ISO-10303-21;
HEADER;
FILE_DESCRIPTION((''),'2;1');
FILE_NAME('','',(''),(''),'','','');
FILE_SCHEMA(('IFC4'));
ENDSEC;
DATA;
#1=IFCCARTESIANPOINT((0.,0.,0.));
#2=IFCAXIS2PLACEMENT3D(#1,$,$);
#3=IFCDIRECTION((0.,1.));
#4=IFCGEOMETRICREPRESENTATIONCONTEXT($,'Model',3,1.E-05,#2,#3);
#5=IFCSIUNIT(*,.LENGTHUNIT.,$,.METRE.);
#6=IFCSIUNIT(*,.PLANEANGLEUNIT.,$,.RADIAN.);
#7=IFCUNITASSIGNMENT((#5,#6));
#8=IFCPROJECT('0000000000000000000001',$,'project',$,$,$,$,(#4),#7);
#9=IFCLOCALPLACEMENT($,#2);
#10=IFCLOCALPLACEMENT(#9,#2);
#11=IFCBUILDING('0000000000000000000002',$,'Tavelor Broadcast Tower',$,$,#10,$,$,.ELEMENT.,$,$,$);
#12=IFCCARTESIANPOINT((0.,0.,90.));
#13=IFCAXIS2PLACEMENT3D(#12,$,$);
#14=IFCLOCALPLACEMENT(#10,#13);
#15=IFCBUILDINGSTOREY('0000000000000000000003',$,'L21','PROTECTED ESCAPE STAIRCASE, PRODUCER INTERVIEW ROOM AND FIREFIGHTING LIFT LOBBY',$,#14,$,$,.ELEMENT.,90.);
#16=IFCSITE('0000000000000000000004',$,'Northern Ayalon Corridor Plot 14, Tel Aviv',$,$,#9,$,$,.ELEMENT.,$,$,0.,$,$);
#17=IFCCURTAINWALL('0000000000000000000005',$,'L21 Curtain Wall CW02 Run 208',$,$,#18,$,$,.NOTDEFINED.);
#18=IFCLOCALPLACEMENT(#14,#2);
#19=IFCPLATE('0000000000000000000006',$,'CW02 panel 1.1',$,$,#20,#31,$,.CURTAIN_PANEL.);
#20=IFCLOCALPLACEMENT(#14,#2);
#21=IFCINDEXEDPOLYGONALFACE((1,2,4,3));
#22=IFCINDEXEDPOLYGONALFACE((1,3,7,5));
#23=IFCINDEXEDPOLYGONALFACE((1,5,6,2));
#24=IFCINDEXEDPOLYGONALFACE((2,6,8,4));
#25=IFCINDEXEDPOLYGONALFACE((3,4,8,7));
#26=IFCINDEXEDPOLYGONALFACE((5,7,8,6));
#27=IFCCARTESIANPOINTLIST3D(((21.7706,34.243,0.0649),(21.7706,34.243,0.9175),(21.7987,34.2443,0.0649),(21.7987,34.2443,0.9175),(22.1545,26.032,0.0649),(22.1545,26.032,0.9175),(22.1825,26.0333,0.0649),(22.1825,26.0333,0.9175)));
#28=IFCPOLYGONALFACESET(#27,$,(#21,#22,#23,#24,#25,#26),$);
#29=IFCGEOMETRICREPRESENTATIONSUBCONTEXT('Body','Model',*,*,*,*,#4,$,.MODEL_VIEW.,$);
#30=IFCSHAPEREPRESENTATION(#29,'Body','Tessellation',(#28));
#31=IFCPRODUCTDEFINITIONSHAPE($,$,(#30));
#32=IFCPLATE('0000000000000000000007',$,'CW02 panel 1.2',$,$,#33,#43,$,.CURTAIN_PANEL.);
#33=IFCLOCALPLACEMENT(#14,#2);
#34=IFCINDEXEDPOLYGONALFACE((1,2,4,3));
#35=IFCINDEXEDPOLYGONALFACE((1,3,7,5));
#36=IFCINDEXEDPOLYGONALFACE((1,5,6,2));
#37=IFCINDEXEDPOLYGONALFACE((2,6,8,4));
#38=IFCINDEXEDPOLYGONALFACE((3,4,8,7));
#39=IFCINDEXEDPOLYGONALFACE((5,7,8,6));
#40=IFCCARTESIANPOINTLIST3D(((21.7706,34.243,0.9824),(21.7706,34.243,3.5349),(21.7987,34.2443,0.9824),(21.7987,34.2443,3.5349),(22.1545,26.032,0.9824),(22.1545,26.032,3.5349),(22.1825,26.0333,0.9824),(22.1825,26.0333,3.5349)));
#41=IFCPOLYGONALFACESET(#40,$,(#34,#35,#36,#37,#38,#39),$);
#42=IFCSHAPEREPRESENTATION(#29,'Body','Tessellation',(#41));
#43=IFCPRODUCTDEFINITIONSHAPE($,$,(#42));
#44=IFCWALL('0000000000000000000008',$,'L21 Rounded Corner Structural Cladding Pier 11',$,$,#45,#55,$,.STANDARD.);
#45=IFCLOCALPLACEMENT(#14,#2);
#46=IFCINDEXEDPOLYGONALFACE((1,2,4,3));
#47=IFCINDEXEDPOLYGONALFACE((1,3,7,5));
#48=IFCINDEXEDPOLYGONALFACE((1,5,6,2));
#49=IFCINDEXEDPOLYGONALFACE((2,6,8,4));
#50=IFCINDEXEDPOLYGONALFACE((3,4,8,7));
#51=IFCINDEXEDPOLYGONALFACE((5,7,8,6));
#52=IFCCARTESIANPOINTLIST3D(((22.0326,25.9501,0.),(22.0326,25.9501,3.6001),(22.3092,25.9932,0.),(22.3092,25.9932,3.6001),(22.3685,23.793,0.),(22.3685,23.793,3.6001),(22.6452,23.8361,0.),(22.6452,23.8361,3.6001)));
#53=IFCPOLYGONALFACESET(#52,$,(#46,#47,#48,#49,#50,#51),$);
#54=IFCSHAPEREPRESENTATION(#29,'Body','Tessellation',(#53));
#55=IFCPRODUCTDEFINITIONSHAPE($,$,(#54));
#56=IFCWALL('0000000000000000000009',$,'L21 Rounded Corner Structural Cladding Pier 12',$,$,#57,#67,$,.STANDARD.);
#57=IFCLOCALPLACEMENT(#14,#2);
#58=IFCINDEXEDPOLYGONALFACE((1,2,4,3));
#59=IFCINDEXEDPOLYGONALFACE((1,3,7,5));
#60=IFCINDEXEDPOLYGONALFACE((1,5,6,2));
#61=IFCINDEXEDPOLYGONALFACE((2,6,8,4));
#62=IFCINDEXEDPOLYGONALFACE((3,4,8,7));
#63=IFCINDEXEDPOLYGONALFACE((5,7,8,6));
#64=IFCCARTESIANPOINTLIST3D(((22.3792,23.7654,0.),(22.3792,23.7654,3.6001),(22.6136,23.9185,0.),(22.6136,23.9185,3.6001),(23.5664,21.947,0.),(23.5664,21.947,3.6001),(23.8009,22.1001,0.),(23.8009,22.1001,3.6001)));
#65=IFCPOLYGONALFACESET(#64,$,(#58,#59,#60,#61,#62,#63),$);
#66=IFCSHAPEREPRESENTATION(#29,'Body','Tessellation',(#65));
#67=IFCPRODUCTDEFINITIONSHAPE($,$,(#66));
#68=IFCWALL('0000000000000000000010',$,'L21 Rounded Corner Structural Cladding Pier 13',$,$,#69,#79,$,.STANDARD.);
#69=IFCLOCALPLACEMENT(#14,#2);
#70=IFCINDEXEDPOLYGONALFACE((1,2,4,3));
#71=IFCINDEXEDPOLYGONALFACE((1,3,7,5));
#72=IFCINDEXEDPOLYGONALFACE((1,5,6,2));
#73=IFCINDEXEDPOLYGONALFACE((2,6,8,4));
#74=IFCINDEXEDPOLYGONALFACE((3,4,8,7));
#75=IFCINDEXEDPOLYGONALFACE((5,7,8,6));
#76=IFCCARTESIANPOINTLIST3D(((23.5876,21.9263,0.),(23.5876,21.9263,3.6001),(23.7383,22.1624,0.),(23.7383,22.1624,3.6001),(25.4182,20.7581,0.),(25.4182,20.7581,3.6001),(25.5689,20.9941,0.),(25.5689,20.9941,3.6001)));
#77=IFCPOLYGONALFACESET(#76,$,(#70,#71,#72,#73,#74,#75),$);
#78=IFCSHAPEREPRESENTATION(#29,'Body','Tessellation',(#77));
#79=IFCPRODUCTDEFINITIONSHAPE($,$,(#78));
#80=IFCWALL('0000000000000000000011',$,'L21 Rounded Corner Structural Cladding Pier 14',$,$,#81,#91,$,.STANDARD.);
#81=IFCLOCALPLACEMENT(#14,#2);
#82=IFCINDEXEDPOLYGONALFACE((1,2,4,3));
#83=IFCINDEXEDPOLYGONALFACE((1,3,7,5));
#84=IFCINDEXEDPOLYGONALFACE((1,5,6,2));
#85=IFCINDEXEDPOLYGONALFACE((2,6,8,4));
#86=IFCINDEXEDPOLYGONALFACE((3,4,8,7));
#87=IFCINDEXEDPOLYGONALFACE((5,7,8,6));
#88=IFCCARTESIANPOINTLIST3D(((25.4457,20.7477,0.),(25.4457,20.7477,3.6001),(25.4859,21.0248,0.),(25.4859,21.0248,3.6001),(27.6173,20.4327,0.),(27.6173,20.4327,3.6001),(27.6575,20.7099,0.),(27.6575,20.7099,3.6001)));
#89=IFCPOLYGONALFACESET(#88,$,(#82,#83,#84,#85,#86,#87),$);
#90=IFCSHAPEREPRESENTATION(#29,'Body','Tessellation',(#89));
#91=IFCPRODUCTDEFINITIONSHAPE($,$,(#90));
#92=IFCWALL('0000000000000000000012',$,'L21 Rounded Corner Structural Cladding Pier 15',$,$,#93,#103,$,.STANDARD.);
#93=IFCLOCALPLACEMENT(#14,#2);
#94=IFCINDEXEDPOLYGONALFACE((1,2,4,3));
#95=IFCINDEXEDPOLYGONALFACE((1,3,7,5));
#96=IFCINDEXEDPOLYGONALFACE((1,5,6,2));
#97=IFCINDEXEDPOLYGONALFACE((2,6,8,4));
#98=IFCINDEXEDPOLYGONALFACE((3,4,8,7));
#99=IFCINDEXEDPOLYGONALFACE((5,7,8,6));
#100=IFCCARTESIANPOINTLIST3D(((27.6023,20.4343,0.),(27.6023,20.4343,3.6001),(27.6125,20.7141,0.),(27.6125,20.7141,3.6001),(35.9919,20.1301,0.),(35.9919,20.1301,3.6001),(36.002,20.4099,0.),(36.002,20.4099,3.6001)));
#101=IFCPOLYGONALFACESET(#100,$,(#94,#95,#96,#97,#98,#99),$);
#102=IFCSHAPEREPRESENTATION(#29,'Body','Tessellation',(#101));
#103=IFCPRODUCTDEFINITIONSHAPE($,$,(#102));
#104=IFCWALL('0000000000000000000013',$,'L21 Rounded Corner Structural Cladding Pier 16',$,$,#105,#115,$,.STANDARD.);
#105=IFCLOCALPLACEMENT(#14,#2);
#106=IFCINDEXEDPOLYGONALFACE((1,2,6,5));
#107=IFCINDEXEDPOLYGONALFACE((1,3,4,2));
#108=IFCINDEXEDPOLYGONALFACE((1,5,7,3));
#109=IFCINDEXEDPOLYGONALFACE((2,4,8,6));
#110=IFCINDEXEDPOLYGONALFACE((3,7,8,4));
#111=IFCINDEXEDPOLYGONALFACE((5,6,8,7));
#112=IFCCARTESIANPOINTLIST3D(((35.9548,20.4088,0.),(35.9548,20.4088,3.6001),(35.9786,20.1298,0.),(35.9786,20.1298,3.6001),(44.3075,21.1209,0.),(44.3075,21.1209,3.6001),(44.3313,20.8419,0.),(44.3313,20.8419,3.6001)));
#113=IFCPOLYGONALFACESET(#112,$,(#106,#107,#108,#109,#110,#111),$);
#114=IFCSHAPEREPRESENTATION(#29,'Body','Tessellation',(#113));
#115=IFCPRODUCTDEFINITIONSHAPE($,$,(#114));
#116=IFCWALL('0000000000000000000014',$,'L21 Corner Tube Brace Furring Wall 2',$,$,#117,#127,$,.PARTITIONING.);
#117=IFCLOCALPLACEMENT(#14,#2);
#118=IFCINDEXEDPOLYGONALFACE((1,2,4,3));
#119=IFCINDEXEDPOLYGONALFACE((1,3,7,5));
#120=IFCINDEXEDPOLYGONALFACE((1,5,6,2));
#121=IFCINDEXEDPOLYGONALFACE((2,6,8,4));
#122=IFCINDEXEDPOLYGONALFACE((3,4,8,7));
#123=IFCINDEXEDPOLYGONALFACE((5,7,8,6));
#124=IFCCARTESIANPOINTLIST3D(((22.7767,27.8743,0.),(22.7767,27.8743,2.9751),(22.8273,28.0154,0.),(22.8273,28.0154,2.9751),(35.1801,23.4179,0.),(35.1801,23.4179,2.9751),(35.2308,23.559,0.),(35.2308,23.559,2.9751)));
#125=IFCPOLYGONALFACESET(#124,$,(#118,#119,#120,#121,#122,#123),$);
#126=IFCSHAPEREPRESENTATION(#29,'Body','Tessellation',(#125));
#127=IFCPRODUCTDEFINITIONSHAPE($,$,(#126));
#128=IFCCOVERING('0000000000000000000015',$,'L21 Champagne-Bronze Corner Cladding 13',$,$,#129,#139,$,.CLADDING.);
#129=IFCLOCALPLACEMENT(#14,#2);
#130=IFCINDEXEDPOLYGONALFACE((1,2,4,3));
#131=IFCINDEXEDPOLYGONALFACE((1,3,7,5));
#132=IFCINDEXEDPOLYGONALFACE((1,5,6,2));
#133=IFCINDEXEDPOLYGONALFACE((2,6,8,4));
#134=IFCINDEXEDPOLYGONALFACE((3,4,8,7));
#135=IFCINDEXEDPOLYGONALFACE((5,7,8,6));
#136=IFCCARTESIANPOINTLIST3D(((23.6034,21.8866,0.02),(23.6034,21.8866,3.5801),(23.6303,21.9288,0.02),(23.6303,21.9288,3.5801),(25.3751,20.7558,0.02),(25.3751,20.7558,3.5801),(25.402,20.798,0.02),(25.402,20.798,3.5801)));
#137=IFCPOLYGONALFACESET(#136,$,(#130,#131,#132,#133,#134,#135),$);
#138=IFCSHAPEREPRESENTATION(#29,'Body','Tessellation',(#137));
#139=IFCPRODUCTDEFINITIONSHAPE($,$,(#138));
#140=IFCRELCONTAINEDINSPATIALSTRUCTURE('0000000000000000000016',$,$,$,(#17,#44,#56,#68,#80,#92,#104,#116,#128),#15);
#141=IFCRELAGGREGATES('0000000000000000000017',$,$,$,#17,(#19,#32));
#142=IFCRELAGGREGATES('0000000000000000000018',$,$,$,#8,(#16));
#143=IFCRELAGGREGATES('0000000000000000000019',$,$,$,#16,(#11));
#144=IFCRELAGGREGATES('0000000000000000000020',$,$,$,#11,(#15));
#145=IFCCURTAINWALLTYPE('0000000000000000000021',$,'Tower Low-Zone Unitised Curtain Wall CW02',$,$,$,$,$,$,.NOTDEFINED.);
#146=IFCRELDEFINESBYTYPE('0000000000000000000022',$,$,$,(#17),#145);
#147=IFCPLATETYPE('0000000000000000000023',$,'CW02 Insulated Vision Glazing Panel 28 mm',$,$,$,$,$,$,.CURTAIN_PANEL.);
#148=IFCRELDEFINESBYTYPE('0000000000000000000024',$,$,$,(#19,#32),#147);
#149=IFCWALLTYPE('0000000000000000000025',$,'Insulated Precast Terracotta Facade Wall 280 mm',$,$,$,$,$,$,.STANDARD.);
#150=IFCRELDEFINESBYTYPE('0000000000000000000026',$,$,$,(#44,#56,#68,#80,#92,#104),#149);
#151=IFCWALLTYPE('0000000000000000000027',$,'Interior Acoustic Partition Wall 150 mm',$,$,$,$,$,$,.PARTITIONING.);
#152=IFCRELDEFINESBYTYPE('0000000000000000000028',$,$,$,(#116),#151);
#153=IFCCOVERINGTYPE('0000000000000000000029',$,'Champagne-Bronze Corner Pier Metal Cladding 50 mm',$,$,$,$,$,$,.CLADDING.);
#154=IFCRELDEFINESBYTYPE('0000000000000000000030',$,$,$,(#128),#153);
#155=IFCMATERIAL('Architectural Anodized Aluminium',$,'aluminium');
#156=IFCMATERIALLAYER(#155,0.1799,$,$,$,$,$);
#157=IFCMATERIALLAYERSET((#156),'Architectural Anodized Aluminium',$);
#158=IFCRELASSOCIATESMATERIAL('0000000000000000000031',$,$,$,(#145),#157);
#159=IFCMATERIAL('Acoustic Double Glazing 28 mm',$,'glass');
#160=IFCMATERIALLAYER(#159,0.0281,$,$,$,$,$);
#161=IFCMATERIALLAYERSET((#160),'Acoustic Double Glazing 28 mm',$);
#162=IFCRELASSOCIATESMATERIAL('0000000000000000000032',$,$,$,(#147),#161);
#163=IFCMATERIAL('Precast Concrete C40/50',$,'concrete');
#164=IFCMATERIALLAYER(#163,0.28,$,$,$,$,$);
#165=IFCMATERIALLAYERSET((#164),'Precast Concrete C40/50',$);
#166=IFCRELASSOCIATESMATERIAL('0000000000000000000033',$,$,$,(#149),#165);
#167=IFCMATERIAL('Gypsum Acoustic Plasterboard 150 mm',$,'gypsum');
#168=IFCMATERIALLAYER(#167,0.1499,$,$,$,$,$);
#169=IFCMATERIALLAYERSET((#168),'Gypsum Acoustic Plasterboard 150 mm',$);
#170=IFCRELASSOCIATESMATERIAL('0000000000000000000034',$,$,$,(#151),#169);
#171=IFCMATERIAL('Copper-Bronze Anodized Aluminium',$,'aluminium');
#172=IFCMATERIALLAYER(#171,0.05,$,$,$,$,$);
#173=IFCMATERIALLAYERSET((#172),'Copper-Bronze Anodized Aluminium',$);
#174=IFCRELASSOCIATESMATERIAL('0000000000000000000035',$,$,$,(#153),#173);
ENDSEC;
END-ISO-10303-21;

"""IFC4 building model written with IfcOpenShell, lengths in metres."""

from ifc_helpers import new_model, si_unit, direction, frame, frame_2d, origin, origin_2d, place, context, subcontext, project, spatial, rectangle, extrude, source, transform, mapped, material, layer, layer_set, type_object, type_shapes, element, aggregate, save


model = new_model("IFC4")

# Units and contexts
model_context = context("Model", 3, precision=1e-05, world=origin(), true_north=direction((0.0, 1.0)))
body_context = subcontext(model_context, "Body", "Model", "MODEL_VIEW")
ifc_project = project(units=[si_unit("LENGTHUNIT", "METRE"), si_unit("PLANEANGLEUNIT", "RADIAN")], contexts=[model_context])

# Site, building, storey
site_placement = place(None, origin())
site = spatial("IfcSite", under=ifc_project, at=site_placement, Name="Northern Ayalon Corridor Plot 14, Tel Aviv", CompositionType="ELEMENT", RefElevation=0.0)
building_placement = place(site_placement, origin())
building = spatial("IfcBuilding", under=site, at=building_placement, Name="Tavelor Broadcast Tower", CompositionType="ELEMENT")
storey_placement = place(building_placement, frame((0.0, 0.0, 90.0)))
storey = spatial("IfcBuildingStorey", under=building, at=storey_placement, Name="L21", Description="PROTECTED ESCAPE STAIRCASE, PRODUCER INTERVIEW ROOM AND FIREFIGHTING LIFT LOBBY", CompositionType="ELEMENT", Elevation=90.0)

# Curtain wall
ifc_material_1 = material(Name="Architectural Anodized Aluminium", Category="aluminium")
ifc_layer_1 = layer(ifc_material_1, 0.1799)
ifc_layer_set_1 = layer_set([ifc_layer_1], Name="Architectural Anodized Aluminium")
curtain_wall_type = type_object("IfcCurtainWallType", Name="Tower Low-Zone Unitised Curtain Wall CW02", PredefinedType="NOTDEFINED", material=ifc_layer_set_1)
curtain_wall_placement = place(storey_placement, origin())
curtain_wall = element("IfcCurtainWall", 1, at=curtain_wall_placement, inside=storey, type_object=curtain_wall_type, Name="L21 Curtain Wall CW02 Run 208", PredefinedType="NOTDEFINED")

# Plates
ifc_material_2 = material(Name="Acoustic Double Glazing 28 mm", Category="glass")
ifc_layer_2 = layer(ifc_material_2, 0.0281)
ifc_layer_set_2 = layer_set([ifc_layer_2], Name="Acoustic Double Glazing 28 mm")
plate_type_1 = type_object("IfcPlateType", Name="CW02 Insulated Vision Glazing Panel 28 mm", PredefinedType="CURTAIN_PANEL", material=ifc_layer_set_2)
shared_shape_1 = source(origin(), body_context, "Body", "SweptSolid", [
    extrude(rectangle(XDim=8.22, YDim=0.0281, at=origin_2d()), origin(), (0.0, 0.0, 1.0), 0.8525),
])
plate_1_placement = place(storey_placement, frame((21.9766, 30.1382, 0.0649), z_axis=(0.0, 0.0, 1.0), x_axis=(0.046695, -0.998909, 0.0)))
plate_1 = element("IfcPlate", 2, at=plate_1_placement, type_object=plate_type_1, Name="CW02 panel 1.1", PredefinedType="CURTAIN_PANEL", context=body_context, shape_type="MappedRepresentation", body=[
    mapped(shared_shape_1, transform((0.0, 0.0, 0.0), scale=1.0)),
])
shared_shape_2 = source(origin(), body_context, "Body", "SweptSolid", [
    extrude(rectangle(XDim=8.22, YDim=0.0281, at=origin_2d()), origin(), (0.0, 0.0, 1.0), 2.5525),
])
type_shapes(plate_type_1, [shared_shape_1, shared_shape_2])
plate_2_placement = place(storey_placement, frame((21.9766, 30.1382, 0.9824), z_axis=(0.0, 0.0, 1.0), x_axis=(0.046695, -0.998909, 0.0)))
plate_2 = element("IfcPlate", 3, at=plate_2_placement, type_object=plate_type_1, Name="CW02 panel 1.2", PredefinedType="CURTAIN_PANEL", context=body_context, shape_type="MappedRepresentation", body=[
    mapped(shared_shape_2, transform((0.0, 0.0, 0.0), scale=1.0)),
])
aggregate(curtain_wall, [plate_1, plate_2])

# Walls
ifc_material_3 = material(Name="Precast Concrete C40/50", Category="concrete")
ifc_layer_3 = layer(ifc_material_3, 0.28)
ifc_layer_set_3 = layer_set([ifc_layer_3], Name="Precast Concrete C40/50")
wall_type_1 = type_object("IfcWallType", Name="Insulated Precast Terracotta Facade Wall 280 mm", PredefinedType="STANDARD", material=ifc_layer_set_3)
wall_1_placement = place(storey_placement, frame((22.1709, 25.9717, 0.0), z_axis=(0.0, 0.0, 1.0), x_axis=(0.153889, -0.988088, 0.0)))
element("IfcWall", 4, at=wall_1_placement, inside=storey, type_object=wall_type_1, Name="L21 Rounded Corner Structural Cladding Pier 11", PredefinedType="STANDARD", context=body_context, shape_type="SweptSolid", body=[
    extrude(rectangle(XDim=2.1831, YDim=0.28, at=frame_2d((1.0916, 0.0))), origin(), (0.0, 0.0, 1.0), 3.6001),
])
for number, where, z_axis, x_axis, name in (
    (5, (22.4963, 23.842, 0.0), (0.0, 0.0, 1.0), (0.54671, -0.837322, 0.0), "L21 Rounded Corner Structural Cladding Pier 12"),
    (6, (23.6628, 22.0444, 0.0), (0.0, 0.0, 1.0), (0.842971, -0.537959, 0.0), "L21 Rounded Corner Structural Cladding Pier 13"),
):
    element("IfcWall", number, at=place(storey_placement, frame(where, z_axis=z_axis, x_axis=x_axis)), inside=storey, type_object=wall_type_1, Name=name, PredefinedType="STANDARD", context=body_context, shape_type="SweptSolid", body=[
        extrude(rectangle(XDim=2.1716, YDim=0.28, at=frame_2d((1.0859, 0.0))), origin(), (0.0, 0.0, 1.0), 3.6001),
    ])
wall_2_placement = place(storey_placement, frame((25.4658, 20.8862, 0.0), z_axis=(0.0, 0.0, 1.0), x_axis=(0.989647, -0.143524, 0.0)))
element("IfcWall", 7, at=wall_2_placement, inside=storey, type_object=wall_type_1, Name="L21 Rounded Corner Structural Cladding Pier 14", PredefinedType="STANDARD", context=body_context, shape_type="SweptSolid", body=[
    extrude(rectangle(XDim=2.1943, YDim=0.28, at=frame_2d((1.0972, 0.0))), origin(), (0.0, 0.0, 1.0), 3.6001),
])
wall_3_placement = place(storey_placement, frame((27.6074, 20.5742, 0.0), z_axis=(0.0, 0.0, 1.0), x_axis=(0.999343, -0.036236, 0.0)))
element("IfcWall", 8, at=wall_3_placement, inside=storey, type_object=wall_type_1, Name="L21 Rounded Corner Structural Cladding Pier 15", PredefinedType="STANDARD", context=body_context, shape_type="SweptSolid", body=[
    extrude(rectangle(XDim=8.395, YDim=0.28, at=frame_2d((4.1975, 0.0))), origin(), (0.0, 0.0, 1.0), 3.6001),
])
wall_4_placement = place(storey_placement, frame((35.9668, 20.2693, 0.0), z_axis=(0.0, 0.0, 1.0), x_axis=(0.996385, 0.084952, 0.0)))
element("IfcWall", 9, at=wall_4_placement, inside=storey, type_object=wall_type_1, Name="L21 Rounded Corner Structural Cladding Pier 16", PredefinedType="STANDARD", context=body_context, shape_type="SweptSolid", body=[
    extrude(rectangle(XDim=8.3831, YDim=0.28, at=frame_2d((4.1914, 0.0))), origin(), (0.0, 0.0, 1.0), 3.6001),
])
ifc_material_4 = material(Name="Gypsum Acoustic Plasterboard 150 mm", Category="gypsum")
ifc_layer_4 = layer(ifc_material_4, 0.1499)
ifc_layer_set_4 = layer_set([ifc_layer_4], Name="Gypsum Acoustic Plasterboard 150 mm")
wall_type_2 = type_object("IfcWallType", Name="Interior Acoustic Partition Wall 150 mm", PredefinedType="PARTITIONING", material=ifc_layer_set_4)
wall_5_placement = place(storey_placement, frame((22.802, 27.9448, 0.0), z_axis=(0.0, 0.0, 1.0), x_axis=(0.941102, -0.338122, 0.0)))
element("IfcWall", 10, at=wall_5_placement, inside=storey, type_object=wall_type_2, Name="L21 Corner Tube Brace Furring Wall 2", PredefinedType="PARTITIONING", context=body_context, shape_type="SweptSolid", body=[
    extrude(rectangle(XDim=13.1797, YDim=0.1499, at=frame_2d((6.5898, 0.0))), origin(), (0.0, 0.0, 1.0), 2.9751),
])

# Covering
ifc_material_5 = material(Name="Copper-Bronze Anodized Aluminium", Category="aluminium")
ifc_layer_5 = layer(ifc_material_5, 0.05)
ifc_layer_set_5 = layer_set([ifc_layer_5], Name="Copper-Bronze Anodized Aluminium")
covering_type = type_object("IfcCoveringType", Name="Champagne-Bronze Corner Pier Metal Cladding 50 mm", PredefinedType="CLADDING", material=ifc_layer_set_5)
covering_placement = place(storey_placement, frame((24.5027, 21.3423, 0.02), z_axis=(0.0, 0.0, 1.0), x_axis=(0.842922, -0.538035, 0.0)))
element("IfcCovering", 11, at=covering_placement, inside=storey, type_object=covering_type, Name="L21 Champagne-Bronze Corner Cladding 13", PredefinedType="CLADDING", context=body_context, shape_type="SweptSolid", body=[
    extrude(rectangle(XDim=2.1018, YDim=0.05, at=origin_2d()), origin(), (0.0, 0.0, 1.0), 3.5601),
])

save(model, "model.ifc")
